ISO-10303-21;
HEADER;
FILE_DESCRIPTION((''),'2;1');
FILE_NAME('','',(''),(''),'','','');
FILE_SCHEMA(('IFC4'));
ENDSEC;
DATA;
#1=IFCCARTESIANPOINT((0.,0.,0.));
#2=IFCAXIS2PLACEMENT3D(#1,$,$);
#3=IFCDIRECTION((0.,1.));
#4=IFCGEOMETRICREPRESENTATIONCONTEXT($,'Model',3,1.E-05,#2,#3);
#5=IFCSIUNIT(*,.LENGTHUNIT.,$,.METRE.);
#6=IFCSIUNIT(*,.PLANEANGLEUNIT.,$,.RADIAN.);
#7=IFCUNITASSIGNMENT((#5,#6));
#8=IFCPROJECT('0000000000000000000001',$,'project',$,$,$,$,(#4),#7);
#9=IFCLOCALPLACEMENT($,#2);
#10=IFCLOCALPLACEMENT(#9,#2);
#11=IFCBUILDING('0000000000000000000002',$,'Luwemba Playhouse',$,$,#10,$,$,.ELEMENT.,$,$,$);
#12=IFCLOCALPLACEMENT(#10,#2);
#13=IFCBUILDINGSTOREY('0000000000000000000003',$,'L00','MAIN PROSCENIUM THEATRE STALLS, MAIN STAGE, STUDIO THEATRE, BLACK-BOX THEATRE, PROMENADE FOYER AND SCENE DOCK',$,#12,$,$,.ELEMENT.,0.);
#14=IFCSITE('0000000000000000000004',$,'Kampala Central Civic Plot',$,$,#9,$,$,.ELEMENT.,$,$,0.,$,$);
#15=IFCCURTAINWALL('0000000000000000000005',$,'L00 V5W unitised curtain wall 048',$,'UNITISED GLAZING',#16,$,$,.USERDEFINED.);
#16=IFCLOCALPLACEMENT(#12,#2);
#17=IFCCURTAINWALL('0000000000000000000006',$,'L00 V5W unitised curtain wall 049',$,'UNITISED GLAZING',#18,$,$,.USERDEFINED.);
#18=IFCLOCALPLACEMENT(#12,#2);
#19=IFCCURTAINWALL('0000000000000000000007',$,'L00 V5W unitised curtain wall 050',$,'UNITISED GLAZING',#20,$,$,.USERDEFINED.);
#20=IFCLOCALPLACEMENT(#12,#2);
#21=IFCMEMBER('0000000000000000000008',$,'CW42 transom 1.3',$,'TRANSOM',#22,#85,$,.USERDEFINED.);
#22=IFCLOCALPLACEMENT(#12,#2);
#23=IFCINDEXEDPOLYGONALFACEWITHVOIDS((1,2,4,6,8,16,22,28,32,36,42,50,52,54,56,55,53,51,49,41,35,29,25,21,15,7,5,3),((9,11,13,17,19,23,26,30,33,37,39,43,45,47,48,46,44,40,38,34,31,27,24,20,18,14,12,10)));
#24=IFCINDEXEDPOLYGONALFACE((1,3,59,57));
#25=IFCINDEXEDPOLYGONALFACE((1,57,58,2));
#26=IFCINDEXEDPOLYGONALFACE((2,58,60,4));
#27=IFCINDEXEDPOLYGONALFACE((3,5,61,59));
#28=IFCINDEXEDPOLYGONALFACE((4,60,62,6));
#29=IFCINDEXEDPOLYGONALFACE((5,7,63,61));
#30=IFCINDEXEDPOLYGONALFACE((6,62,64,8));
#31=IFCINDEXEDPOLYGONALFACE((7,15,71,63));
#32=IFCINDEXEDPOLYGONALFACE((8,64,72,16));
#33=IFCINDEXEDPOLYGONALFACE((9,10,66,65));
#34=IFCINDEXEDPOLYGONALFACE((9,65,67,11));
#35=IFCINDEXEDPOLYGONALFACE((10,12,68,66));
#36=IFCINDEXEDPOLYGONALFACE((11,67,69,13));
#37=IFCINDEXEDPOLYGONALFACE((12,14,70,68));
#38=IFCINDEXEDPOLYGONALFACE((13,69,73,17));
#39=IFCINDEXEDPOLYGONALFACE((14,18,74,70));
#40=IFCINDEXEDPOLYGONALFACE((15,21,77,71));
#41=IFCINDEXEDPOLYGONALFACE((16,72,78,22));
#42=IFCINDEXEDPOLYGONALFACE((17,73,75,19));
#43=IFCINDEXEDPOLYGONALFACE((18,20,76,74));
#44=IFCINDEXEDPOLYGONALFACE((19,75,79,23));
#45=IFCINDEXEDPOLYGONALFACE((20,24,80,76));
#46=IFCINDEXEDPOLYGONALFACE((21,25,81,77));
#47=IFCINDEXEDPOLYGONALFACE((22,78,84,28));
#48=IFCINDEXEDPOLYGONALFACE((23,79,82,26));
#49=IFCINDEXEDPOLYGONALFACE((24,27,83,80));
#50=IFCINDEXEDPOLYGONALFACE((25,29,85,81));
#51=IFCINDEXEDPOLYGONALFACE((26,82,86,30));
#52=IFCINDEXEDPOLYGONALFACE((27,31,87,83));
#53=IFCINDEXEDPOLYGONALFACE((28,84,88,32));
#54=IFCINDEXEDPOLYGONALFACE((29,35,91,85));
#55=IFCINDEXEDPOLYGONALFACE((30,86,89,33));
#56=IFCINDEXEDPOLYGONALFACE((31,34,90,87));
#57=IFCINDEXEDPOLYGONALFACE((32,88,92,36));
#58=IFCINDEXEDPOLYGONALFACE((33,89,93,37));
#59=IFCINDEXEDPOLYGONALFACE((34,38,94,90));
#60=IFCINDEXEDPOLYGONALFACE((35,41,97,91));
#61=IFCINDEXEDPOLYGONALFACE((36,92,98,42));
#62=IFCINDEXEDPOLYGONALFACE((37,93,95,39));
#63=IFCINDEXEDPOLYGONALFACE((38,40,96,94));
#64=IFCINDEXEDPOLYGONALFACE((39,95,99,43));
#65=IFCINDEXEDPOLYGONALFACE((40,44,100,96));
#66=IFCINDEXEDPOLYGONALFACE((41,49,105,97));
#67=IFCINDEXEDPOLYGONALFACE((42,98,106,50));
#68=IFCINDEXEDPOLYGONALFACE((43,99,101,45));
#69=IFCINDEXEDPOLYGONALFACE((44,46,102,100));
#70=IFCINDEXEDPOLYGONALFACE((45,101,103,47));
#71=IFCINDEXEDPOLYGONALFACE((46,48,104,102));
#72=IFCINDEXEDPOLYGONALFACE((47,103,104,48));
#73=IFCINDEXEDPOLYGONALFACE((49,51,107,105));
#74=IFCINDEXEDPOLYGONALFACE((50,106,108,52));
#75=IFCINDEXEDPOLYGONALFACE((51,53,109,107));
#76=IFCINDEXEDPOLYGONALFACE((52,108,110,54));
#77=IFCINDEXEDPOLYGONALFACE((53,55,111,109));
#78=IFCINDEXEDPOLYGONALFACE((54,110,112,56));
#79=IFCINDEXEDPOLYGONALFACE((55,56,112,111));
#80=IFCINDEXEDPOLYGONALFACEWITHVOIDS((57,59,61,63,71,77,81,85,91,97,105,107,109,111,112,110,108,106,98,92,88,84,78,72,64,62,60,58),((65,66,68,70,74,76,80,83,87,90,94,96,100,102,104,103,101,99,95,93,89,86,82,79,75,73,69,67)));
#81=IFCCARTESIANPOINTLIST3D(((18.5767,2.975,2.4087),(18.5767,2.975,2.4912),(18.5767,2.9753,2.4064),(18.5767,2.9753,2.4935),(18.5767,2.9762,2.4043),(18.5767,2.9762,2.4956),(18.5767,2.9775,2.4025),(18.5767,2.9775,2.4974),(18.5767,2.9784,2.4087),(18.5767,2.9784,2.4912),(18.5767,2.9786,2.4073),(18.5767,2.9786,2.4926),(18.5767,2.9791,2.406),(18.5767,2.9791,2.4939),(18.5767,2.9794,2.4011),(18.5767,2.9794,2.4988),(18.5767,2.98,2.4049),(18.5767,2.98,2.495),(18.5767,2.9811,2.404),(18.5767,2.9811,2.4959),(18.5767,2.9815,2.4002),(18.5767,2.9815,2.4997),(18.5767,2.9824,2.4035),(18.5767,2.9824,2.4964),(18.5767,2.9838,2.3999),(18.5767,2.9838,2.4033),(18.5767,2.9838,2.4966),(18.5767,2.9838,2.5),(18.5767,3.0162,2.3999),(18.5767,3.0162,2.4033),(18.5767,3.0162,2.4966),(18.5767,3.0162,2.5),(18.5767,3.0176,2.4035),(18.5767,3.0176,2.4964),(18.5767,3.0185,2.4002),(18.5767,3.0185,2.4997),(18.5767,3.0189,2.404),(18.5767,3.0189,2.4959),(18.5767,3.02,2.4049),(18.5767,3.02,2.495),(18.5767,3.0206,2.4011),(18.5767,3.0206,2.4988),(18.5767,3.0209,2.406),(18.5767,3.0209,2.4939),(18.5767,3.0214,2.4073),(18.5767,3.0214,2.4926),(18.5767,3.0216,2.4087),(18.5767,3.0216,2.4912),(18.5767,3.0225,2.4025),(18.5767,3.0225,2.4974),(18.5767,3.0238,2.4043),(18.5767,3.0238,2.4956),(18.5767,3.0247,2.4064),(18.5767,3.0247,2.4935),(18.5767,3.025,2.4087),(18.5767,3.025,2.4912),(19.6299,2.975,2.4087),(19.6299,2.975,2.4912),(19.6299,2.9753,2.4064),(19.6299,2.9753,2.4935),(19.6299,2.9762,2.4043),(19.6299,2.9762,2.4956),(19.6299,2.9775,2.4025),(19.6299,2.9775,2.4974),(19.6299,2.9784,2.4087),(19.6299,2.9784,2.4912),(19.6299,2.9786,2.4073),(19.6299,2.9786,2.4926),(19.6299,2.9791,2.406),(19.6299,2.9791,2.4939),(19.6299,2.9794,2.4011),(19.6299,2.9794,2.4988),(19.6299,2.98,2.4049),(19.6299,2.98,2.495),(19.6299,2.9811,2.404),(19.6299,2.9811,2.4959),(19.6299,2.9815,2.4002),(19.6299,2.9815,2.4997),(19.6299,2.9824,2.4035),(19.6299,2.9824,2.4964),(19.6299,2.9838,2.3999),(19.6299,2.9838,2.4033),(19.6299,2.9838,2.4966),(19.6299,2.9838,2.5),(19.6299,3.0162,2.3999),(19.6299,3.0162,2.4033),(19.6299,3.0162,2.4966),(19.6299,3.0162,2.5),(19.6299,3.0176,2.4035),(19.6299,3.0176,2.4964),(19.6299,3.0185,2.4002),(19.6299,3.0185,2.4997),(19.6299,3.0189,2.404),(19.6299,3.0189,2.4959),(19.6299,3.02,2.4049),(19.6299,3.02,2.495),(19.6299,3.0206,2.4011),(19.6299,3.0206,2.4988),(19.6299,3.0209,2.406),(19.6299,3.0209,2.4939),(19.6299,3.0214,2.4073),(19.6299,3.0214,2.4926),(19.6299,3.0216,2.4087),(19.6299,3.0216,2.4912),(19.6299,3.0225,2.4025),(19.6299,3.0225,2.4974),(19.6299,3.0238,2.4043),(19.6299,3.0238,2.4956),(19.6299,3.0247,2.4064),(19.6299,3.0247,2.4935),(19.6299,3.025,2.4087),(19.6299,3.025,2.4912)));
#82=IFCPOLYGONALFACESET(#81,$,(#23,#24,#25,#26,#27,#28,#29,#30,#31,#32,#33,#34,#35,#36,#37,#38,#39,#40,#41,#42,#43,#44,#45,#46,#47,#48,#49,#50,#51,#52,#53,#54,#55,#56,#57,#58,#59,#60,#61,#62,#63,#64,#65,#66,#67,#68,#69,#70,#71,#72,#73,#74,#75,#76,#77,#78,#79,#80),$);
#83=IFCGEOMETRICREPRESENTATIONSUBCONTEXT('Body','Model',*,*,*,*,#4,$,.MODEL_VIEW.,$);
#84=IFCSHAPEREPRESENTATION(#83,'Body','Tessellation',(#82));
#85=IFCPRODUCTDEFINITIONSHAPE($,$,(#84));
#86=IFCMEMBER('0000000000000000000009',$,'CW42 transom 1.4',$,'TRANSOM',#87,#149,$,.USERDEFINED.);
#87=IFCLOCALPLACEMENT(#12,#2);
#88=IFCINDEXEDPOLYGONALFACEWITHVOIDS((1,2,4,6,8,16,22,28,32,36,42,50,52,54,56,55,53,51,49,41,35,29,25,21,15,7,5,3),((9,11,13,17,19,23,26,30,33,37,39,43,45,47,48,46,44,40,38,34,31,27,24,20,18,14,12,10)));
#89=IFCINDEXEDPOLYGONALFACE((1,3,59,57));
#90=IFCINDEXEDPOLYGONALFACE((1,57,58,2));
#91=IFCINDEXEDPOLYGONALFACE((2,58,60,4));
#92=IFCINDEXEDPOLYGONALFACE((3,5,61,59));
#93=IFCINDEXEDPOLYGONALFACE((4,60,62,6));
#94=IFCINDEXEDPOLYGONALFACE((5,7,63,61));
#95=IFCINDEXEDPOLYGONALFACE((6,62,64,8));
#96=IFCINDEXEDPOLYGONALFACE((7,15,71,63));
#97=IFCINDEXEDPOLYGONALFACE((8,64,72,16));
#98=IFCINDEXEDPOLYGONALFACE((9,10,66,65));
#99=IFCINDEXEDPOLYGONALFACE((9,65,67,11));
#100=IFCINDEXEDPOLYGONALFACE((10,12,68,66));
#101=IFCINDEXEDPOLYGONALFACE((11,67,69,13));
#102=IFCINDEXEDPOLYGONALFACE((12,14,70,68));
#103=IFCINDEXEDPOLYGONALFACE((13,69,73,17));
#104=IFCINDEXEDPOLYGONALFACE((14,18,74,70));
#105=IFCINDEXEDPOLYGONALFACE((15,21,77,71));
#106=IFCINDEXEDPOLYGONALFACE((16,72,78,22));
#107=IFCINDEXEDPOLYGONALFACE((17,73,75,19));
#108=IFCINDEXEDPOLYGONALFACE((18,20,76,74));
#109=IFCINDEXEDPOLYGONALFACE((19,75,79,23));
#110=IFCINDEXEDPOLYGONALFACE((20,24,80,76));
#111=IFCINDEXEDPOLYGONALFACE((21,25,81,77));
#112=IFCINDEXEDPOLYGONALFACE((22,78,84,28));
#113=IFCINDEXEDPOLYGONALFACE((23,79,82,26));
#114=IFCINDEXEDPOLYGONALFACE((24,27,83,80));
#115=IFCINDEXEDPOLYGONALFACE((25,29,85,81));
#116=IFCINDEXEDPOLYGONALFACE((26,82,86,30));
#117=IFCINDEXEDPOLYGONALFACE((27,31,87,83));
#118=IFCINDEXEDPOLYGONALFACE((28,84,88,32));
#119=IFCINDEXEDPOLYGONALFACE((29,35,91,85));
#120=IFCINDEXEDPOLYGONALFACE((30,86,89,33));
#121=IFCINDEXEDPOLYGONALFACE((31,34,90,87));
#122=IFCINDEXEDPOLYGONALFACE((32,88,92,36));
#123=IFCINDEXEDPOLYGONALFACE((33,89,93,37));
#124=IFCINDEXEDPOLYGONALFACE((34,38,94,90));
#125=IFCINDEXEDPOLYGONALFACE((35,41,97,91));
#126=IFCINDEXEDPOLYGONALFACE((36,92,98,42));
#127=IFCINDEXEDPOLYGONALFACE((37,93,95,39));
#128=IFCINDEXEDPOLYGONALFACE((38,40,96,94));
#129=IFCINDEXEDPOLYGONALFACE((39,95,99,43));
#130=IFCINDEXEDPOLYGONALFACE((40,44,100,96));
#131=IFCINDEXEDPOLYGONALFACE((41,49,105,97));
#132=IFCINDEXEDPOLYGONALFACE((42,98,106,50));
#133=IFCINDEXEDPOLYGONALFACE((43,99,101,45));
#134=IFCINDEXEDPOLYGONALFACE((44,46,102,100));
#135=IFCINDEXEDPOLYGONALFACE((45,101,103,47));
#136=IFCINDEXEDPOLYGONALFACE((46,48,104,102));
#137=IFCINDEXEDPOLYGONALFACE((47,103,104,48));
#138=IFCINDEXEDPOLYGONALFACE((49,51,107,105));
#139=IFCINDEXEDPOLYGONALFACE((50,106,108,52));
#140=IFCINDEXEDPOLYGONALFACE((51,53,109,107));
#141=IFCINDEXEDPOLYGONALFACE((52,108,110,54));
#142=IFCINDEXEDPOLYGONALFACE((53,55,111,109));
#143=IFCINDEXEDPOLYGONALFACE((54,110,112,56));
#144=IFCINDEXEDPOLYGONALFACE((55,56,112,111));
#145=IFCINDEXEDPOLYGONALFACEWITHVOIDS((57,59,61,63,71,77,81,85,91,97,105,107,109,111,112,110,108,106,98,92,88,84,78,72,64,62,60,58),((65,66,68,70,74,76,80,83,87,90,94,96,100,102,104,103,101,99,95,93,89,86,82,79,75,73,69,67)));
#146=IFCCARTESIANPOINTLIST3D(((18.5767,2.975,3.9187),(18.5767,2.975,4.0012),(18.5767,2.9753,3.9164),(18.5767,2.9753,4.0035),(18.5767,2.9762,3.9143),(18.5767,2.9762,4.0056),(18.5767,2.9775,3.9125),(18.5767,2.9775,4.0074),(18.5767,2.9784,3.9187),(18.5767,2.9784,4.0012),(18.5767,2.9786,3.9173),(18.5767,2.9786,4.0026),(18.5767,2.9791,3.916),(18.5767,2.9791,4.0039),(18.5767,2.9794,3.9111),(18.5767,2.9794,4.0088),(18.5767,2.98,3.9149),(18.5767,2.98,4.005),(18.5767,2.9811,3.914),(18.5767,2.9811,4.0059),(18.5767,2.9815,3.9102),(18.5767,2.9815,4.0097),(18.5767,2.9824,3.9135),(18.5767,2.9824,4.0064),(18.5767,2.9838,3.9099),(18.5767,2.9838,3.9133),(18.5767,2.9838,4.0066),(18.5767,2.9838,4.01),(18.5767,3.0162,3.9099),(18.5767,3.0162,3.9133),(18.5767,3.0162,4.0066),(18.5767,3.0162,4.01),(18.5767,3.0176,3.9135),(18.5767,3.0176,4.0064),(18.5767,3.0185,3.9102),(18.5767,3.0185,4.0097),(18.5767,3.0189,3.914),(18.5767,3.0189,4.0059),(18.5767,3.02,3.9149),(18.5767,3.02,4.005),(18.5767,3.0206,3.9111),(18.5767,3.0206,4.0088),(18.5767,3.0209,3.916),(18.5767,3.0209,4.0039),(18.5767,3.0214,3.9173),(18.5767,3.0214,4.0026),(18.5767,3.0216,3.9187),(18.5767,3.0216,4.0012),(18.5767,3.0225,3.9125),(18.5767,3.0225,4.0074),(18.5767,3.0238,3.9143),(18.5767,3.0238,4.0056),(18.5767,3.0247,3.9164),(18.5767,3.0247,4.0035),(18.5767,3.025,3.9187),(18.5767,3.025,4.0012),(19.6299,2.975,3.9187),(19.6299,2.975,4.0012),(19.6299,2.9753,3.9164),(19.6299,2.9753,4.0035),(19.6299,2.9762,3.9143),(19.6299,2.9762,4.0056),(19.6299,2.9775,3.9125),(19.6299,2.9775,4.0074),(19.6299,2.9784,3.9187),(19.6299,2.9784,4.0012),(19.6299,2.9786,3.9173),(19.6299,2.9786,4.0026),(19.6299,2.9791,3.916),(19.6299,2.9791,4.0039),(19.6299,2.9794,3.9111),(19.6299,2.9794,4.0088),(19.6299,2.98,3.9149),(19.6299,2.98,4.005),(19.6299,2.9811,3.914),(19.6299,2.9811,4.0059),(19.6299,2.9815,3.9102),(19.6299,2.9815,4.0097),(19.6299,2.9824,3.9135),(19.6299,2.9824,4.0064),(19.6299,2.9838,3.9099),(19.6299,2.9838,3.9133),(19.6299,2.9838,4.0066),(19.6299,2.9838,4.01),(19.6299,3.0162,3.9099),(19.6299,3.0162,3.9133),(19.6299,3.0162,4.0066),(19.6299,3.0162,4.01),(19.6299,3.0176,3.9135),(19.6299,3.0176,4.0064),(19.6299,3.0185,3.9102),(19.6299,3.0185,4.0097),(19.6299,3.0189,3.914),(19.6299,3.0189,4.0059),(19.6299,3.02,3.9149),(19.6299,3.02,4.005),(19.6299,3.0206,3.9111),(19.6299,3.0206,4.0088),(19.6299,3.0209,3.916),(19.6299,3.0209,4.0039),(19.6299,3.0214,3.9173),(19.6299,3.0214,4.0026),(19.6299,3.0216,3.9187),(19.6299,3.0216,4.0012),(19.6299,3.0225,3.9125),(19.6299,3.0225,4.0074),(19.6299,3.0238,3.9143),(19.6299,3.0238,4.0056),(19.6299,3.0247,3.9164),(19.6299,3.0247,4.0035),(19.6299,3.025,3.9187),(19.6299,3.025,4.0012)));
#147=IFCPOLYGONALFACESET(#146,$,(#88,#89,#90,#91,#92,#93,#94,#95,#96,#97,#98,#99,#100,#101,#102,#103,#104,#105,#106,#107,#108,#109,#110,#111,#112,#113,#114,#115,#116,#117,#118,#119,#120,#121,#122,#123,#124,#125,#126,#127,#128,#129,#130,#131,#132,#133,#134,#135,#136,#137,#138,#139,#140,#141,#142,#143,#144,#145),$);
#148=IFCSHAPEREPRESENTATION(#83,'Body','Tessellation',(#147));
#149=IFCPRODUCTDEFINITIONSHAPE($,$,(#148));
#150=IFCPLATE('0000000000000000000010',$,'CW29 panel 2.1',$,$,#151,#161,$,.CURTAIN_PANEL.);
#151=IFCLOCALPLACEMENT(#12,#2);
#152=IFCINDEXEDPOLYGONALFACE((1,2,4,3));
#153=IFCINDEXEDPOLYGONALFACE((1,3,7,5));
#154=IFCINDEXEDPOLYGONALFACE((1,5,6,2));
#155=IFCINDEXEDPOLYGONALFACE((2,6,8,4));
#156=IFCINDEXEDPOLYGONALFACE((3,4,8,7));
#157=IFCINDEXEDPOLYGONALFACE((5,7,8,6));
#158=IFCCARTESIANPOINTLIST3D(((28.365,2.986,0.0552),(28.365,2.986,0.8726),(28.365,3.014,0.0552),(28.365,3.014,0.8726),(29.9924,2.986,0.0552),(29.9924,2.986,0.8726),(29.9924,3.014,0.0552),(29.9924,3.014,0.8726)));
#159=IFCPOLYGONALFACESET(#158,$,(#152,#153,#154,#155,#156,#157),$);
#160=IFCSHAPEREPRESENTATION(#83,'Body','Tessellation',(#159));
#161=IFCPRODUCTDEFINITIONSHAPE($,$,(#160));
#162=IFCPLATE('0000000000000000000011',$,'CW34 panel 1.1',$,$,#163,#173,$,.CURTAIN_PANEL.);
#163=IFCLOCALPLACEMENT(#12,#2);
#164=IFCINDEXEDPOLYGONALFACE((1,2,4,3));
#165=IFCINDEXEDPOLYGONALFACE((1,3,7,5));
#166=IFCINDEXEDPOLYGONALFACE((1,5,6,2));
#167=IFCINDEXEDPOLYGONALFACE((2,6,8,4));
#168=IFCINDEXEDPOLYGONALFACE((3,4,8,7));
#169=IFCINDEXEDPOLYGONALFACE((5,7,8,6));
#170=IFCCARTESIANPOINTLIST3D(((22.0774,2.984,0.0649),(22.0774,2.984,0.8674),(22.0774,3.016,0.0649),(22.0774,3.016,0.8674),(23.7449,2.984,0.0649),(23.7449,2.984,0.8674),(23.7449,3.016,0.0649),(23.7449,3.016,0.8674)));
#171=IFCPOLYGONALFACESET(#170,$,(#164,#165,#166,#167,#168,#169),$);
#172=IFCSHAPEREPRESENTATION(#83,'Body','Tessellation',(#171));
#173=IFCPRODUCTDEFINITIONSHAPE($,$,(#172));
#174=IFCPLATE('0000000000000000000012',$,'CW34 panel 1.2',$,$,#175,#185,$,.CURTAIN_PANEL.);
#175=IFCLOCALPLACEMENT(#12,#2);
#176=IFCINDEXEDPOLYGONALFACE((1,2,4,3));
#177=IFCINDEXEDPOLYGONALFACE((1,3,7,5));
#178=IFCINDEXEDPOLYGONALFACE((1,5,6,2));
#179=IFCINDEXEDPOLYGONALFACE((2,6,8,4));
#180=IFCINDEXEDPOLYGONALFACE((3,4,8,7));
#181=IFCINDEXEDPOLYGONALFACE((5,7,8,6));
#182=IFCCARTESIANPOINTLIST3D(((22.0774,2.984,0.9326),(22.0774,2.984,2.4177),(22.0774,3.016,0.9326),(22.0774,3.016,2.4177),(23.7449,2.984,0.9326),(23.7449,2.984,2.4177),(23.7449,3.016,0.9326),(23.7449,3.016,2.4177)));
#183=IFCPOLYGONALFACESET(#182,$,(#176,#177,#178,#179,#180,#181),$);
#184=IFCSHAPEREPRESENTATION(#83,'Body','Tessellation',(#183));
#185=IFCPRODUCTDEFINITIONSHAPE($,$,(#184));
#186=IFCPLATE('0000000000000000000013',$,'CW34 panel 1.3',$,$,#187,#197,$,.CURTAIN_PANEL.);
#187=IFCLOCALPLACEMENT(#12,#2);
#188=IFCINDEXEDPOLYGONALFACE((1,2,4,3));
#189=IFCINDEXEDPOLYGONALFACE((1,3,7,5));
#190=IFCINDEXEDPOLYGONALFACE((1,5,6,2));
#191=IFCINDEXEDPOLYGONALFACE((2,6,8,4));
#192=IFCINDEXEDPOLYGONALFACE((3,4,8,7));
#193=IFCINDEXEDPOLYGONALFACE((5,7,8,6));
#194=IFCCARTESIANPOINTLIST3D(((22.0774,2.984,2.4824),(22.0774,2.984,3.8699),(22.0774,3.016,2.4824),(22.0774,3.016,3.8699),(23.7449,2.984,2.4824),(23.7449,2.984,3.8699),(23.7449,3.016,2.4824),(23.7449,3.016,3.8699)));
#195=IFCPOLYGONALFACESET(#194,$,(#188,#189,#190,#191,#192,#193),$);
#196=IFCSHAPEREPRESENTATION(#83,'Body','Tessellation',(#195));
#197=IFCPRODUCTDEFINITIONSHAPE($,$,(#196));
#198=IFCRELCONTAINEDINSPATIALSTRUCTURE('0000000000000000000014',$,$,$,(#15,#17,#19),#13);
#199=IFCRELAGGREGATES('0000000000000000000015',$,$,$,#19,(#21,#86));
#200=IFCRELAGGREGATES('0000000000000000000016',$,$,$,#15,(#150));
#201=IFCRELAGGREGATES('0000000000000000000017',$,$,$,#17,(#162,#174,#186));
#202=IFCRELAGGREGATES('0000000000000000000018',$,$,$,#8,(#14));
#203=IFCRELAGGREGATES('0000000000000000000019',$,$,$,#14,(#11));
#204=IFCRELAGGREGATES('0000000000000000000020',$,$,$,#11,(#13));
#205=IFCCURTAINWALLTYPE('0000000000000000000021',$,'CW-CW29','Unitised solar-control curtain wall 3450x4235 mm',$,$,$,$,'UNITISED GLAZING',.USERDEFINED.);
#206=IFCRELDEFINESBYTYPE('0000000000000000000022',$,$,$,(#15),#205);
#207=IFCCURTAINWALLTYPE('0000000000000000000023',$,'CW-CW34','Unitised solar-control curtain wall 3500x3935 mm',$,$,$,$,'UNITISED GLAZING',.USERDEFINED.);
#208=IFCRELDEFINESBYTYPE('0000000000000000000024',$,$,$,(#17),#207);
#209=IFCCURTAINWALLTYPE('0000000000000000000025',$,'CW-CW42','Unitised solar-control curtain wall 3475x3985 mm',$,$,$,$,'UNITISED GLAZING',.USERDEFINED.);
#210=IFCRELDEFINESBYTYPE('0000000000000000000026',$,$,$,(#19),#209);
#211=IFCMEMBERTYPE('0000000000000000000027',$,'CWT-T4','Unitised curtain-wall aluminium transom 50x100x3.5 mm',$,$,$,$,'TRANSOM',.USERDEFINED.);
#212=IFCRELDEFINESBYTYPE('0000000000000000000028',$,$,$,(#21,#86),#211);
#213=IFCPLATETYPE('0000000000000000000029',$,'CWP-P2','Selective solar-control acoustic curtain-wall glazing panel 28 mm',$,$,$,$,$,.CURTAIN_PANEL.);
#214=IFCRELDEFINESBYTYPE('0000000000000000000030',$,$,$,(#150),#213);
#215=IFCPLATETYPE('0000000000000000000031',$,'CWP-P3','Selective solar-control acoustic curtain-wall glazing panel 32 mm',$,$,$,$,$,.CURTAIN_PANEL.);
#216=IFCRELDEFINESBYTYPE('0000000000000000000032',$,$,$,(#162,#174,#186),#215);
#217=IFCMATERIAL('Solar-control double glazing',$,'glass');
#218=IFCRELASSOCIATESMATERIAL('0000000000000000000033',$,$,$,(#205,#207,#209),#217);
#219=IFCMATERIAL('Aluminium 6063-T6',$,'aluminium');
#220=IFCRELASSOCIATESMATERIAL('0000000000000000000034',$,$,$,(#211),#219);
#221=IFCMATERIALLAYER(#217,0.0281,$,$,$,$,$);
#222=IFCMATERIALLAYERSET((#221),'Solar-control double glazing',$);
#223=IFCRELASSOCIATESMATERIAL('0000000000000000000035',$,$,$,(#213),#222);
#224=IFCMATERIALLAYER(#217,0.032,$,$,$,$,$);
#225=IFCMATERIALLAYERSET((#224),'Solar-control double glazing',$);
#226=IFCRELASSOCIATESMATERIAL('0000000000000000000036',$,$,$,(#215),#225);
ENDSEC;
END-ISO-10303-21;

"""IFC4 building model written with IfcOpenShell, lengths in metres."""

from ifc_helpers import new_model, si_unit, direction, frame, origin, origin_2d, place, context, subcontext, project, spatial, rectangle, hollow_rectangle, extrude, material, layer, layer_set, material_profile, profile_set, type_object, element, aggregate, save


model = new_model("IFC4")

# Units and contexts
model_context = context("Model", 3, precision=1e-05, world=origin(), true_north=direction((0.0, 1.0)))
body_context = subcontext(model_context, "Body", "Model", "MODEL_VIEW")
ifc_project = project(units=[si_unit("LENGTHUNIT", "METRE"), si_unit("PLANEANGLEUNIT", "RADIAN")], contexts=[model_context])

# Site, building, storey
site_placement = place(None, origin())
site = spatial("IfcSite", under=ifc_project, at=site_placement, Name="Kampala Central Civic Plot", CompositionType="ELEMENT", RefElevation=0.0)
building_placement = place(site_placement, origin())
building = spatial("IfcBuilding", under=site, at=building_placement, Name="Luwemba Playhouse", CompositionType="ELEMENT")
storey_placement = place(building_placement, origin())
storey = spatial("IfcBuildingStorey", under=building, at=storey_placement, Name="L00", Description="MAIN PROSCENIUM THEATRE STALLS, MAIN STAGE, STUDIO THEATRE, BLACK-BOX THEATRE, PROMENADE FOYER AND SCENE DOCK", CompositionType="ELEMENT", Elevation=0.0)

# Curtain wall
ifc_material_1 = material(Name="Solar-control double glazing", Category="glass")
curtain_wall_type_1 = type_object("IfcCurtainWallType", Name="CW-CW29", Description="Unitised solar-control curtain wall 3450x4235 mm", ElementType="UNITISED GLAZING", PredefinedType="USERDEFINED", material=ifc_material_1)
curtain_wall_1_placement = place(storey_placement, origin())
curtain_wall_1 = element("IfcCurtainWall", 1, at=curtain_wall_1_placement, inside=storey, type_object=curtain_wall_type_1, Name="L00 V5W unitised curtain wall 048", ObjectType="UNITISED GLAZING", PredefinedType="USERDEFINED")
ifc_material_2 = material(Name="Aluminium 6063-T6", Category="aluminium")

# Curtain wall
curtain_wall_type_2 = type_object("IfcCurtainWallType", Name="CW-CW34", Description="Unitised solar-control curtain wall 3500x3935 mm", ElementType="UNITISED GLAZING", PredefinedType="USERDEFINED", material=ifc_material_1)
curtain_wall_2_placement = place(storey_placement, origin())
curtain_wall_2 = element("IfcCurtainWall", 2, at=curtain_wall_2_placement, inside=storey, type_object=curtain_wall_type_2, Name="L00 V5W unitised curtain wall 049", ObjectType="UNITISED GLAZING", PredefinedType="USERDEFINED")

# Curtain wall
curtain_wall_type_3 = type_object("IfcCurtainWallType", Name="CW-CW42", Description="Unitised solar-control curtain wall 3475x3985 mm", ElementType="UNITISED GLAZING", PredefinedType="USERDEFINED", material=ifc_material_1)
curtain_wall_3_placement = place(storey_placement, origin())
curtain_wall_3 = element("IfcCurtainWall", 3, at=curtain_wall_3_placement, inside=storey, type_object=curtain_wall_type_3, Name="L00 V5W unitised curtain wall 050", ObjectType="UNITISED GLAZING", PredefinedType="USERDEFINED")

# Members
ifc_material_profile_1 = material_profile(ifc_material_2, hollow_rectangle(XDim=0.05, YDim=0.1001, WallThickness=0.0034, InnerFilletRadius=0.0054, OuterFilletRadius=0.0088, at=origin_2d()))
ifc_profile_set_1 = profile_set([ifc_material_profile_1], Name="Aluminium 6063-T6")
member_type_1 = type_object("IfcMemberType", Name="CWT-T4", Description="Unitised curtain-wall aluminium transom 50x100x3.5 mm", ElementType="TRANSOM", PredefinedType="USERDEFINED", material=ifc_profile_set_1)
member_1_placement = place(storey_placement, frame((19.6299, 3.0, 2.45), z_axis=(-1.0, 0.0, 0.0), x_axis=(0.0, -1.0, 0.0)))
member_1 = element("IfcMember", 4, at=member_1_placement, type_object=member_type_1, Name="CW42 transom 1.3", ObjectType="TRANSOM", PredefinedType="USERDEFINED", context=body_context, shape_type="SweptSolid", body=[
    extrude(hollow_rectangle(XDim=0.05, YDim=0.1001, WallThickness=0.0034, InnerFilletRadius=0.0054, OuterFilletRadius=0.0088, at=origin_2d()), origin(), (0.0, 0.0, 1.0), 1.0532),
])
member_2_placement = place(storey_placement, frame((19.6299, 3.0, 3.96), z_axis=(-1.0, 0.0, 0.0), x_axis=(0.0, -1.0, 0.0)))
member_2 = element("IfcMember", 5, at=member_2_placement, type_object=member_type_1, Name="CW42 transom 1.4", ObjectType="TRANSOM", PredefinedType="USERDEFINED", context=body_context, shape_type="SweptSolid", body=[
    extrude(hollow_rectangle(XDim=0.05, YDim=0.1001, WallThickness=0.0034, InnerFilletRadius=0.0054, OuterFilletRadius=0.0088, at=origin_2d()), origin(), (0.0, 0.0, 1.0), 1.0532),
])
aggregate(curtain_wall_3, [member_1, member_2])

# Plates
ifc_layer_1 = layer(ifc_material_1, 0.0281)
ifc_layer_set_1 = layer_set([ifc_layer_1], Name="Solar-control double glazing")
plate_type_1 = type_object("IfcPlateType", Name="CWP-P2", Description="Selective solar-control acoustic curtain-wall glazing panel 28 mm", PredefinedType="CURTAIN_PANEL", material=ifc_layer_set_1)
plate_1_placement = place(storey_placement, frame((29.1787, 3.0, 0.0552), z_axis=(0.0, 0.0, 1.0), x_axis=(-1.0, 0.0, 0.0)))
plate_1 = element("IfcPlate", 6, at=plate_1_placement, type_object=plate_type_1, Name="CW29 panel 2.1", PredefinedType="CURTAIN_PANEL", context=body_context, shape_type="SweptSolid", body=[
    extrude(rectangle(XDim=1.6274, YDim=0.0281, at=origin_2d()), origin(), (0.0, 0.0, 1.0), 0.8174),
])
aggregate(curtain_wall_1, [plate_1])
ifc_layer_2 = layer(ifc_material_1, 0.032)
ifc_layer_set_2 = layer_set([ifc_layer_2], Name="Solar-control double glazing")
plate_type_2 = type_object("IfcPlateType", Name="CWP-P3", Description="Selective solar-control acoustic curtain-wall glazing panel 32 mm", PredefinedType="CURTAIN_PANEL", material=ifc_layer_set_2)
plate_2_placement = place(storey_placement, frame((22.9111, 3.0, 0.0649), z_axis=(0.0, 0.0, 1.0), x_axis=(-1.0, 0.0, 0.0)))
plate_2 = element("IfcPlate", 7, at=plate_2_placement, type_object=plate_type_2, Name="CW34 panel 1.1", PredefinedType="CURTAIN_PANEL", context=body_context, shape_type="SweptSolid", body=[
    extrude(rectangle(XDim=1.6675, YDim=0.032, at=origin_2d()), origin(), (0.0, 0.0, 1.0), 0.8025),
])
plate_3_placement = place(storey_placement, frame((22.9111, 3.0, 0.9326), z_axis=(0.0, 0.0, 1.0), x_axis=(-1.0, 0.0, 0.0)))
plate_3 = element("IfcPlate", 8, at=plate_3_placement, type_object=plate_type_2, Name="CW34 panel 1.2", PredefinedType="CURTAIN_PANEL", context=body_context, shape_type="SweptSolid", body=[
    extrude(rectangle(XDim=1.6675, YDim=0.032, at=origin_2d()), origin(), (0.0, 0.0, 1.0), 1.4851),
])
plate_4_placement = place(storey_placement, frame((22.9111, 3.0, 2.4824), z_axis=(0.0, 0.0, 1.0), x_axis=(-1.0, 0.0, 0.0)))
plate_4 = element("IfcPlate", 9, at=plate_4_placement, type_object=plate_type_2, Name="CW34 panel 1.3", PredefinedType="CURTAIN_PANEL", context=body_context, shape_type="SweptSolid", body=[
    extrude(rectangle(XDim=1.6675, YDim=0.032, at=origin_2d()), origin(), (0.0, 0.0, 1.0), 1.3875),
])
aggregate(curtain_wall_2, [plate_2, plate_3, plate_4])

save(model, "model.ifc")
